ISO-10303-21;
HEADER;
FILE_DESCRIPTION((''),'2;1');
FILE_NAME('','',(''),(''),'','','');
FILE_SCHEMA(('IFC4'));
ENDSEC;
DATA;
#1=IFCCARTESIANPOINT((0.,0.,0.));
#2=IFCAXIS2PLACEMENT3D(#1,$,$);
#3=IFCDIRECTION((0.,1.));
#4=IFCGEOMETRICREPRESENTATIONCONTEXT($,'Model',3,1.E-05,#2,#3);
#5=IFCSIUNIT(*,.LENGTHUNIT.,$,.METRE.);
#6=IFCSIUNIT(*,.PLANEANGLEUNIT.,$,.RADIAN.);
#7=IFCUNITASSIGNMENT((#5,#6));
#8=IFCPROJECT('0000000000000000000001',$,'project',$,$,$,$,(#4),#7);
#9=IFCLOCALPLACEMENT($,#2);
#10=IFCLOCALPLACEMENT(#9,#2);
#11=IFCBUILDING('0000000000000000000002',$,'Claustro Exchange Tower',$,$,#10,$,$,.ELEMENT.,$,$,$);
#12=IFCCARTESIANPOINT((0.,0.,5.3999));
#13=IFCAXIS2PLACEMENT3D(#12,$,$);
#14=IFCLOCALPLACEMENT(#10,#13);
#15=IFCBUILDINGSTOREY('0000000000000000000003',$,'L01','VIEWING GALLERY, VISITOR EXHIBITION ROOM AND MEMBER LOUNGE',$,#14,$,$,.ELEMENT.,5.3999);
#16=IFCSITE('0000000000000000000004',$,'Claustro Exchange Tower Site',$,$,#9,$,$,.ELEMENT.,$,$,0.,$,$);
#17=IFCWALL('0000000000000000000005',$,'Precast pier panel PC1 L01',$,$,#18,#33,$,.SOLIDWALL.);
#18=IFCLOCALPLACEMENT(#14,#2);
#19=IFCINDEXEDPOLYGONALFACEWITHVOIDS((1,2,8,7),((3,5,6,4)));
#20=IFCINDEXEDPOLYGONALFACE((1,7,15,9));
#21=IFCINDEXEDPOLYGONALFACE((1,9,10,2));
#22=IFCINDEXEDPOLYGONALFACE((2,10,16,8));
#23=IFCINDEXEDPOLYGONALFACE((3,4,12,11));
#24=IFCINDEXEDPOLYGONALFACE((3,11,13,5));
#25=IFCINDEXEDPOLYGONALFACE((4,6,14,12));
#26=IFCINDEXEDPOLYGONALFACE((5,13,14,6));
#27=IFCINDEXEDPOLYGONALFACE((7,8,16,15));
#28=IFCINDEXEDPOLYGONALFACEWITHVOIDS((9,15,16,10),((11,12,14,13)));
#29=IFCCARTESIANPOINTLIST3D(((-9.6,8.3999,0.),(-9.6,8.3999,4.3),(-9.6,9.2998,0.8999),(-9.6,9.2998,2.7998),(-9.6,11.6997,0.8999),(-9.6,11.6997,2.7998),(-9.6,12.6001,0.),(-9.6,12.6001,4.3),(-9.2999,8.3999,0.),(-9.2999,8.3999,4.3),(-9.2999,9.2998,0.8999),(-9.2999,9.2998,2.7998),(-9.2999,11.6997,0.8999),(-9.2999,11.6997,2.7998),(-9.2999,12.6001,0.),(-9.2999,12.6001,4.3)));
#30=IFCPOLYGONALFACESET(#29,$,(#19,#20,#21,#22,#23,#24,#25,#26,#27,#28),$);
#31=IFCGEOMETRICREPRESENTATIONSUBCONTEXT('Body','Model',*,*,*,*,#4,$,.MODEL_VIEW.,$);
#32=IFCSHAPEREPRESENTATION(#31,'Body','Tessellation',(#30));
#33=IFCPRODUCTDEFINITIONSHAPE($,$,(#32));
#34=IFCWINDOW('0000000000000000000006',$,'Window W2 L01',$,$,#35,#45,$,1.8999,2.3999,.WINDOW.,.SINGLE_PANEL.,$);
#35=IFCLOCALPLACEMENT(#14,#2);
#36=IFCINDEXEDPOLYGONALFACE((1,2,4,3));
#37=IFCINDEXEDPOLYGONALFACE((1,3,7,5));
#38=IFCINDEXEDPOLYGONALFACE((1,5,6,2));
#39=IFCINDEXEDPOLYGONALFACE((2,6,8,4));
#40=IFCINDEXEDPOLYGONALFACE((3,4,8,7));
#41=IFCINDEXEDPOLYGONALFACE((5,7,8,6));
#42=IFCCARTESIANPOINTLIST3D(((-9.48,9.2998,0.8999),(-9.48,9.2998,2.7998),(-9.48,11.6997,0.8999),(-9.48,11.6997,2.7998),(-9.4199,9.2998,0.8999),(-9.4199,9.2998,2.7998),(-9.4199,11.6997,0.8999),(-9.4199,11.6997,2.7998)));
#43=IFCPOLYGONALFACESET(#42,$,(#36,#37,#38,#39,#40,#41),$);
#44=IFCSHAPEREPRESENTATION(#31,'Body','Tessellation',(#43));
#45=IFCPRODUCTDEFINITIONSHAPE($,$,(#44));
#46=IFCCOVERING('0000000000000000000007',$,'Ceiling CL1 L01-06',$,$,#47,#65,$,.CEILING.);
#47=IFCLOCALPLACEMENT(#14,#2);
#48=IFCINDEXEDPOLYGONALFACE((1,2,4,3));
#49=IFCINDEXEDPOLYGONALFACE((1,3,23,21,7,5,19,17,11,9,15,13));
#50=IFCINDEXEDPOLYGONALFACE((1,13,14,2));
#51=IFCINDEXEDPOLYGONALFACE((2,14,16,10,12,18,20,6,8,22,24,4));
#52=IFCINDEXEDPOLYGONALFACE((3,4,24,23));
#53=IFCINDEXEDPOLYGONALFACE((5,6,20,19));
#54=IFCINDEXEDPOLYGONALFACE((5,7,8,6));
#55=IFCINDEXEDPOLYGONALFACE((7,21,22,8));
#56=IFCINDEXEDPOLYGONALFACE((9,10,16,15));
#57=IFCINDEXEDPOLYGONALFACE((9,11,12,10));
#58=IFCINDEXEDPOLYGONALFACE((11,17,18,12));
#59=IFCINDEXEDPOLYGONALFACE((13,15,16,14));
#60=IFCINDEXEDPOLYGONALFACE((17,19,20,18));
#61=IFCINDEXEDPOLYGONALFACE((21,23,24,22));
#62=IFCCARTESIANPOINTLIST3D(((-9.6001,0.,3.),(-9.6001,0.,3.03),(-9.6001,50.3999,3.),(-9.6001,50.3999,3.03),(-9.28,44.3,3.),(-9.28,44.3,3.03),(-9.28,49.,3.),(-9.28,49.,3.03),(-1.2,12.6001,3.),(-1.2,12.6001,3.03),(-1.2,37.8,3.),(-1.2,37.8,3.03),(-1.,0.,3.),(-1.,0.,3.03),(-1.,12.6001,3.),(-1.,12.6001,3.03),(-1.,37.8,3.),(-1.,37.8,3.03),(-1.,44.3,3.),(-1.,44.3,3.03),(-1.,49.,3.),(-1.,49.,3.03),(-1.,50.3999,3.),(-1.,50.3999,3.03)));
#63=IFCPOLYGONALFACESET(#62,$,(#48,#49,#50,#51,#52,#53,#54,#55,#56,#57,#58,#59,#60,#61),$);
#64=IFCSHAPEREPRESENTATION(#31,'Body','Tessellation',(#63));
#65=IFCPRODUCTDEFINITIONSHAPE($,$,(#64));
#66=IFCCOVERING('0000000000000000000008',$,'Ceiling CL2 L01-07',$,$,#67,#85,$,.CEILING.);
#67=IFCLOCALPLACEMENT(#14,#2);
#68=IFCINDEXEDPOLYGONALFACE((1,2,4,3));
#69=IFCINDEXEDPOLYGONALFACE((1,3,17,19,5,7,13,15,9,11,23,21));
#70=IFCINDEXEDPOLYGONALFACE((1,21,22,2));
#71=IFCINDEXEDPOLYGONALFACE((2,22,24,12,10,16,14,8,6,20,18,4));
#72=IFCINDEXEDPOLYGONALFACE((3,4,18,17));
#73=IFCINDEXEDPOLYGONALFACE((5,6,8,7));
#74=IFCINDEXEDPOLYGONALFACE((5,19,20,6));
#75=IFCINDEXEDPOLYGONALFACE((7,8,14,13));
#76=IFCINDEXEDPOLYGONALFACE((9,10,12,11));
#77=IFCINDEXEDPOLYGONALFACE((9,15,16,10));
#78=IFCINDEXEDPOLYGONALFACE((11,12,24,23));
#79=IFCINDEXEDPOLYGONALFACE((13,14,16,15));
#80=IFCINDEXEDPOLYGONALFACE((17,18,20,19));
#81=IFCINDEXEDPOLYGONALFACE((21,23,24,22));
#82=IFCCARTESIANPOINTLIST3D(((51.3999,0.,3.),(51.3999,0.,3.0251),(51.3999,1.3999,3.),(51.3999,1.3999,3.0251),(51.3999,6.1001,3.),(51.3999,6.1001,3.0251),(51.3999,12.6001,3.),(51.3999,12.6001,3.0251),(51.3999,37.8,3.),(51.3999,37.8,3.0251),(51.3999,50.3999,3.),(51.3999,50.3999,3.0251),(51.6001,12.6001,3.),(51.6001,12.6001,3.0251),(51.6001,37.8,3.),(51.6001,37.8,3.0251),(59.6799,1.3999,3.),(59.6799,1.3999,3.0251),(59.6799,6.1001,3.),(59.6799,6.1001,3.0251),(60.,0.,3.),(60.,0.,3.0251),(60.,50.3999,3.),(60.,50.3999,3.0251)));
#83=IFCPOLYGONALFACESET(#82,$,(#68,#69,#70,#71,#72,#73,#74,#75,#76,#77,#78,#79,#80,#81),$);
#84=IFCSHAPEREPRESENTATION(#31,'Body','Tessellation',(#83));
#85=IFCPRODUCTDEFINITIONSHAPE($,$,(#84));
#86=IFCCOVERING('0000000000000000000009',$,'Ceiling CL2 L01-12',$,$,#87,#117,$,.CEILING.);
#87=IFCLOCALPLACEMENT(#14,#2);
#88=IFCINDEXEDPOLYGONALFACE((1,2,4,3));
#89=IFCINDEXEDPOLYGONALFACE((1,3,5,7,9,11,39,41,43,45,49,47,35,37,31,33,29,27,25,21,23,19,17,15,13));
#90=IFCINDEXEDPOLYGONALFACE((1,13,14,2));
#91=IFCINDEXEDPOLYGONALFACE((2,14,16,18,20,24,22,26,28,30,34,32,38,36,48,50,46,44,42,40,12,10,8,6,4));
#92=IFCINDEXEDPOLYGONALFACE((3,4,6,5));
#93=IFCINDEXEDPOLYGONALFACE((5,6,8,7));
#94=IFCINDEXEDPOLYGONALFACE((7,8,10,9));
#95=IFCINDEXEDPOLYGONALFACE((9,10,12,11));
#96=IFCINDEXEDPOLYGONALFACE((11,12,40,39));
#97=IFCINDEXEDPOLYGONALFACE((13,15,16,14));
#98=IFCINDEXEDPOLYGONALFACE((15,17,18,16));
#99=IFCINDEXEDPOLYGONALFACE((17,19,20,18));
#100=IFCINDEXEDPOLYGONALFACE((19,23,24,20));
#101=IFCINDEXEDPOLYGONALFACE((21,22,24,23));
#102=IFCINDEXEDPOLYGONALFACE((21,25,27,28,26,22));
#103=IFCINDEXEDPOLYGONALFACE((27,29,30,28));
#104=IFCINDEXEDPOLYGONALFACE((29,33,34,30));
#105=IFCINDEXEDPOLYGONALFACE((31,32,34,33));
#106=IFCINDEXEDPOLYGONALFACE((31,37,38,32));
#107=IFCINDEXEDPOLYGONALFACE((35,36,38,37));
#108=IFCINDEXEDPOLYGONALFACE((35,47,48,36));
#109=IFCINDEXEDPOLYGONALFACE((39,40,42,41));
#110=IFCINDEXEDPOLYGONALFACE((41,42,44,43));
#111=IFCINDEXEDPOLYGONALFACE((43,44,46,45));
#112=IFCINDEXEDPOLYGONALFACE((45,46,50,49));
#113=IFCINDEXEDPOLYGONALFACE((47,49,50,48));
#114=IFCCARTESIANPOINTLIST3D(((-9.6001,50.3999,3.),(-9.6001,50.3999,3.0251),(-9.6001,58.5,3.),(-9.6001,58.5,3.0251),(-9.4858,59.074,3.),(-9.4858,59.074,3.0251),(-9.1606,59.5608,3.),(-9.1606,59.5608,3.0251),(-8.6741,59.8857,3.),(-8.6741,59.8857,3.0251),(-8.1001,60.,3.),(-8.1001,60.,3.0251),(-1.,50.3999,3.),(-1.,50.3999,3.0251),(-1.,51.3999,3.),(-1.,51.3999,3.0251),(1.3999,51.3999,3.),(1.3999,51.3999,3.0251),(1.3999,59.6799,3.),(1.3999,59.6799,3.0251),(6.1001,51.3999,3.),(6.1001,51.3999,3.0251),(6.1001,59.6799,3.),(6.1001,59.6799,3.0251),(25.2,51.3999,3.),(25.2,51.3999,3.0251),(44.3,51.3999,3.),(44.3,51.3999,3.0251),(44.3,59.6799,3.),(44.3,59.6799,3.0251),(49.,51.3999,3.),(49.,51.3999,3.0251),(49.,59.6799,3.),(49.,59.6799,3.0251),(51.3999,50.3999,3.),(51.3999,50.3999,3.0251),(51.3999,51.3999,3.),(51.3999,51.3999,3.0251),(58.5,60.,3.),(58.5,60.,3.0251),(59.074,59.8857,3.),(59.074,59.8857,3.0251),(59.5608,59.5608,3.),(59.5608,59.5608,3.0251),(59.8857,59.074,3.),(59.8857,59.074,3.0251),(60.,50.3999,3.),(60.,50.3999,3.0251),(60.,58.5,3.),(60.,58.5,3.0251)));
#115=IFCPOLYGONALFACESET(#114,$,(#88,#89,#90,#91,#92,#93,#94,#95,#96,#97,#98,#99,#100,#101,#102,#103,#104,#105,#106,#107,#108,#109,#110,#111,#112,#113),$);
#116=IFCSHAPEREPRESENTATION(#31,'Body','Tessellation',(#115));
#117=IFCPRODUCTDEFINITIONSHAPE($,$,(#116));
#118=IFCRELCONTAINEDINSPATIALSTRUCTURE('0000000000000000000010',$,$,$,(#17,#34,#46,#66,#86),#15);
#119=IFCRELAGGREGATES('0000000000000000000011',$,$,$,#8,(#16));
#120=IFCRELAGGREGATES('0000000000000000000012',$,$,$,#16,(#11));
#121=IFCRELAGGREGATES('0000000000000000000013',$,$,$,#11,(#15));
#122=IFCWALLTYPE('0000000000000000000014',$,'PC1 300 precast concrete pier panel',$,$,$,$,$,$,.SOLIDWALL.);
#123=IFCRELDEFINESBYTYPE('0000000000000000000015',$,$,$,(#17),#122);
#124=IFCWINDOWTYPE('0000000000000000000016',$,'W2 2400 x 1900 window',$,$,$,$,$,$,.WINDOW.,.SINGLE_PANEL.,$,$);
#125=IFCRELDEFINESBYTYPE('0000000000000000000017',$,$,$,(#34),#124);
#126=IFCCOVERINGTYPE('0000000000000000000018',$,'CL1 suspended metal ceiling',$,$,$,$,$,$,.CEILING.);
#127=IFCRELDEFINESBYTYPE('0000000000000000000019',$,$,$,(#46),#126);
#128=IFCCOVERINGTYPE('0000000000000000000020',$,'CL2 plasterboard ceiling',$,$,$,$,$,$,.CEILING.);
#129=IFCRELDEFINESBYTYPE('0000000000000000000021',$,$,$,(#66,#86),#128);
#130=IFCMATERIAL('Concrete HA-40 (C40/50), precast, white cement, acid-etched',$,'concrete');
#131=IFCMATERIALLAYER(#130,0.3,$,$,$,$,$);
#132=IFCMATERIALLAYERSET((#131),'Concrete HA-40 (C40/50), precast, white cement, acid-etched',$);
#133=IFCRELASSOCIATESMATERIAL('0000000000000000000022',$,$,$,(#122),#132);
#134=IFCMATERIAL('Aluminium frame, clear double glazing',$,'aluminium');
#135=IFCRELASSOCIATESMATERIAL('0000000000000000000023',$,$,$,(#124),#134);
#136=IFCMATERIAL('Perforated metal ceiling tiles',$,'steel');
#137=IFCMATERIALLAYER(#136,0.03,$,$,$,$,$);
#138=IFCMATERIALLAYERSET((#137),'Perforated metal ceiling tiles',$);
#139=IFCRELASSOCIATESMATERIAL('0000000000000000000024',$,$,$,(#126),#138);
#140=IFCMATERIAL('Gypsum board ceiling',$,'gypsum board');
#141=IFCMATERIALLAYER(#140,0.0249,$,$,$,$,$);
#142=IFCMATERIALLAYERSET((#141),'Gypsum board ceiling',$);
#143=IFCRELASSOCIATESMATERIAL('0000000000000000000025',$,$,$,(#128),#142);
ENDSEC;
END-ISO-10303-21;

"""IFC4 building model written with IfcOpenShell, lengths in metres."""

from ifc_helpers import new_model, si_unit, direction, frame, frame_2d, origin, place, context, subcontext, project, spatial, polyline, rectangle, outline, extrude, material, layer, layer_set, type_object, element, fill, save


model = new_model("IFC4")

# Units and contexts
model_context = context("Model", 3, precision=1e-05, world=origin(), true_north=direction((0.0, 1.0)))
body_context = subcontext(model_context, "Body", "Model", "MODEL_VIEW")
ifc_project = project(units=[si_unit("LENGTHUNIT", "METRE"), si_unit("PLANEANGLEUNIT", "RADIAN")], contexts=[model_context])

# Site, building, storey
site_placement = place(None, origin())
site = spatial("IfcSite", under=ifc_project, at=site_placement, Name="Claustro Exchange Tower Site", CompositionType="ELEMENT", RefElevation=0.0)
building_placement = place(site_placement, origin())
building = spatial("IfcBuilding", under=site, at=building_placement, Name="Claustro Exchange Tower", CompositionType="ELEMENT")
storey_placement = place(building_placement, frame((0.0, 0.0, 5.3999)))
storey = spatial("IfcBuildingStorey", under=building, at=storey_placement, Name="L01", Description="VIEWING GALLERY, VISITOR EXHIBITION ROOM AND MEMBER LOUNGE", CompositionType="ELEMENT", Elevation=5.3999)

# Wall, opening, window
ifc_material_1 = material(Name="Concrete HA-40 (C40/50), precast, white cement, acid-etched", Category="concrete")
ifc_layer_1 = layer(ifc_material_1, 0.3)
ifc_layer_set_1 = layer_set([ifc_layer_1], Name="Concrete HA-40 (C40/50), precast, white cement, acid-etched")
wall_type = type_object("IfcWallType", Name="PC1 300 precast concrete pier panel", PredefinedType="SOLIDWALL", material=ifc_layer_set_1)
wall_placement = place(storey_placement, frame((-9.45, 8.3999, 0.0), z_axis=(0.0, 0.0, 1.0), x_axis=(0.0, 1.0, 0.0)))
wall = element("IfcWall", 1, at=wall_placement, inside=storey, type_object=wall_type, Name="Precast pier panel PC1 L01", PredefinedType="SOLIDWALL", context=body_context, shape_type="SweptSolid", body=[
    extrude(rectangle(XDim=4.2002, YDim=0.3, at=frame_2d((2.1001, 0.0))), origin(), (0.0, 0.0, 1.0), 4.3),
])
opening_placement = place(wall_placement, frame((0.8999, 0.0, 0.8999)))
opening = element("IfcOpeningElement", 2, at=opening_placement, cuts=wall, PredefinedType="OPENING", context=body_context, shape_type="SweptSolid", body=[
    extrude(rectangle(XDim=2.3999, YDim=1.8999, at=frame_2d((1.2, 0.95))), frame((0.0, 0.1599, 0.0), z_axis=(0.0, -1.0, 0.0), x_axis=(1.0, 0.0, 0.0)), (0.0, 0.0, 1.0), 0.3201),
])
ifc_material_2 = material(Name="Aluminium frame, clear double glazing", Category="aluminium")
window_type = type_object("IfcWindowType", Name="W2 2400 x 1900 window", PartitioningType="SINGLE_PANEL", PredefinedType="WINDOW", material=ifc_material_2)
window_placement = place(opening_placement, origin())
window = element("IfcWindow", 3, at=window_placement, inside=storey, type_object=window_type, Name="Window W2 L01", OverallHeight=1.8999, OverallWidth=2.3999, PartitioningType="SINGLE_PANEL", PredefinedType="WINDOW", context=body_context, shape_type="SweptSolid", body=[
    extrude(rectangle(XDim=2.3999, YDim=1.8999, at=frame_2d((1.2, 0.95))), frame((0.0, 0.03, 0.0), z_axis=(0.0, -1.0, 0.0), x_axis=(1.0, 0.0, 0.0)), (0.0, 0.0, 1.0), 0.0601),
])
fill(opening, window)

# Coverings
ifc_material_3 = material(Name="Perforated metal ceiling tiles", Category="steel")
ifc_layer_2 = layer(ifc_material_3, 0.03)
ifc_layer_set_2 = layer_set([ifc_layer_2], Name="Perforated metal ceiling tiles")
covering_type_1 = type_object("IfcCoveringType", Name="CL1 suspended metal ceiling", PredefinedType="CEILING", material=ifc_layer_set_2)
covering_1_placement = place(storey_placement, frame((0.0, 0.0, 3.0)))
element("IfcCovering", 4, at=covering_1_placement, inside=storey, type_object=covering_type_1, Name="Ceiling CL1 L01-06", PredefinedType="CEILING", context=body_context, shape_type="SweptSolid", body=[
    extrude(outline(polyline([(-1.0, 50.3999), (-9.6001, 50.3999), (-9.6001, 0.0), (-1.0, 0.0), (-1.0, 12.6001), (-1.2, 12.6001), (-1.2, 37.8), (-1.0, 37.8), (-1.0, 44.3), (-9.28, 44.3), (-9.28, 49.0), (-1.0, 49.0), (-1.0, 50.3999)])), origin(), (0.0, 0.0, 1.0), 0.03),
])
ifc_material_4 = material(Name="Gypsum board ceiling", Category="gypsum board")
ifc_layer_3 = layer(ifc_material_4, 0.0249)
ifc_layer_set_3 = layer_set([ifc_layer_3], Name="Gypsum board ceiling")
covering_type_2 = type_object("IfcCoveringType", Name="CL2 plasterboard ceiling", PredefinedType="CEILING", material=ifc_layer_set_3)
covering_2_placement = place(storey_placement, frame((0.0, 0.0, 3.0)))
element("IfcCovering", 5, at=covering_2_placement, inside=storey, type_object=covering_type_2, Name="Ceiling CL2 L01-07", PredefinedType="CEILING", context=body_context, shape_type="SweptSolid", body=[
    extrude(outline(polyline([(51.3999, 0.0), (60.0, 0.0), (60.0, 50.3999), (51.3999, 50.3999), (51.3999, 37.8), (51.6001, 37.8), (51.6001, 12.6001), (51.3999, 12.6001), (51.3999, 6.1001), (59.6799, 6.1001), (59.6799, 1.3999), (51.3999, 1.3999), (51.3999, 0.0)])), origin(), (0.0, 0.0, 1.0), 0.0251),
])
covering_3_placement = place(storey_placement, frame((0.0, 0.0, 3.0)))
element("IfcCovering", 6, at=covering_3_placement, inside=storey, type_object=covering_type_2, Name="Ceiling CL2 L01-12", PredefinedType="CEILING", context=body_context, shape_type="SweptSolid", body=[
    extrude(outline(polyline([(-8.1001, 60.0), (-8.6741, 59.8857), (-9.1606, 59.5608), (-9.4858, 59.074), (-9.6001, 58.5), (-9.6001, 50.3999), (-1.0, 50.3999), (-1.0, 51.3999), (1.3999, 51.3999), (1.3999, 59.6799), (6.1001, 59.6799), (6.1001, 51.3999), (25.2, 51.3999), (44.3, 51.3999), (44.3, 59.6799), (49.0, 59.6799), (49.0, 51.3999), (51.3999, 51.3999), (51.3999, 50.3999), (60.0, 50.3999), (60.0, 58.5), (59.8857, 59.074), (59.5608, 59.5608), (59.074, 59.8857), (58.5, 60.0), (-8.1001, 60.0)])), origin(), (0.0, 0.0, 1.0), 0.0251),
])

save(model, "model.ifc")
